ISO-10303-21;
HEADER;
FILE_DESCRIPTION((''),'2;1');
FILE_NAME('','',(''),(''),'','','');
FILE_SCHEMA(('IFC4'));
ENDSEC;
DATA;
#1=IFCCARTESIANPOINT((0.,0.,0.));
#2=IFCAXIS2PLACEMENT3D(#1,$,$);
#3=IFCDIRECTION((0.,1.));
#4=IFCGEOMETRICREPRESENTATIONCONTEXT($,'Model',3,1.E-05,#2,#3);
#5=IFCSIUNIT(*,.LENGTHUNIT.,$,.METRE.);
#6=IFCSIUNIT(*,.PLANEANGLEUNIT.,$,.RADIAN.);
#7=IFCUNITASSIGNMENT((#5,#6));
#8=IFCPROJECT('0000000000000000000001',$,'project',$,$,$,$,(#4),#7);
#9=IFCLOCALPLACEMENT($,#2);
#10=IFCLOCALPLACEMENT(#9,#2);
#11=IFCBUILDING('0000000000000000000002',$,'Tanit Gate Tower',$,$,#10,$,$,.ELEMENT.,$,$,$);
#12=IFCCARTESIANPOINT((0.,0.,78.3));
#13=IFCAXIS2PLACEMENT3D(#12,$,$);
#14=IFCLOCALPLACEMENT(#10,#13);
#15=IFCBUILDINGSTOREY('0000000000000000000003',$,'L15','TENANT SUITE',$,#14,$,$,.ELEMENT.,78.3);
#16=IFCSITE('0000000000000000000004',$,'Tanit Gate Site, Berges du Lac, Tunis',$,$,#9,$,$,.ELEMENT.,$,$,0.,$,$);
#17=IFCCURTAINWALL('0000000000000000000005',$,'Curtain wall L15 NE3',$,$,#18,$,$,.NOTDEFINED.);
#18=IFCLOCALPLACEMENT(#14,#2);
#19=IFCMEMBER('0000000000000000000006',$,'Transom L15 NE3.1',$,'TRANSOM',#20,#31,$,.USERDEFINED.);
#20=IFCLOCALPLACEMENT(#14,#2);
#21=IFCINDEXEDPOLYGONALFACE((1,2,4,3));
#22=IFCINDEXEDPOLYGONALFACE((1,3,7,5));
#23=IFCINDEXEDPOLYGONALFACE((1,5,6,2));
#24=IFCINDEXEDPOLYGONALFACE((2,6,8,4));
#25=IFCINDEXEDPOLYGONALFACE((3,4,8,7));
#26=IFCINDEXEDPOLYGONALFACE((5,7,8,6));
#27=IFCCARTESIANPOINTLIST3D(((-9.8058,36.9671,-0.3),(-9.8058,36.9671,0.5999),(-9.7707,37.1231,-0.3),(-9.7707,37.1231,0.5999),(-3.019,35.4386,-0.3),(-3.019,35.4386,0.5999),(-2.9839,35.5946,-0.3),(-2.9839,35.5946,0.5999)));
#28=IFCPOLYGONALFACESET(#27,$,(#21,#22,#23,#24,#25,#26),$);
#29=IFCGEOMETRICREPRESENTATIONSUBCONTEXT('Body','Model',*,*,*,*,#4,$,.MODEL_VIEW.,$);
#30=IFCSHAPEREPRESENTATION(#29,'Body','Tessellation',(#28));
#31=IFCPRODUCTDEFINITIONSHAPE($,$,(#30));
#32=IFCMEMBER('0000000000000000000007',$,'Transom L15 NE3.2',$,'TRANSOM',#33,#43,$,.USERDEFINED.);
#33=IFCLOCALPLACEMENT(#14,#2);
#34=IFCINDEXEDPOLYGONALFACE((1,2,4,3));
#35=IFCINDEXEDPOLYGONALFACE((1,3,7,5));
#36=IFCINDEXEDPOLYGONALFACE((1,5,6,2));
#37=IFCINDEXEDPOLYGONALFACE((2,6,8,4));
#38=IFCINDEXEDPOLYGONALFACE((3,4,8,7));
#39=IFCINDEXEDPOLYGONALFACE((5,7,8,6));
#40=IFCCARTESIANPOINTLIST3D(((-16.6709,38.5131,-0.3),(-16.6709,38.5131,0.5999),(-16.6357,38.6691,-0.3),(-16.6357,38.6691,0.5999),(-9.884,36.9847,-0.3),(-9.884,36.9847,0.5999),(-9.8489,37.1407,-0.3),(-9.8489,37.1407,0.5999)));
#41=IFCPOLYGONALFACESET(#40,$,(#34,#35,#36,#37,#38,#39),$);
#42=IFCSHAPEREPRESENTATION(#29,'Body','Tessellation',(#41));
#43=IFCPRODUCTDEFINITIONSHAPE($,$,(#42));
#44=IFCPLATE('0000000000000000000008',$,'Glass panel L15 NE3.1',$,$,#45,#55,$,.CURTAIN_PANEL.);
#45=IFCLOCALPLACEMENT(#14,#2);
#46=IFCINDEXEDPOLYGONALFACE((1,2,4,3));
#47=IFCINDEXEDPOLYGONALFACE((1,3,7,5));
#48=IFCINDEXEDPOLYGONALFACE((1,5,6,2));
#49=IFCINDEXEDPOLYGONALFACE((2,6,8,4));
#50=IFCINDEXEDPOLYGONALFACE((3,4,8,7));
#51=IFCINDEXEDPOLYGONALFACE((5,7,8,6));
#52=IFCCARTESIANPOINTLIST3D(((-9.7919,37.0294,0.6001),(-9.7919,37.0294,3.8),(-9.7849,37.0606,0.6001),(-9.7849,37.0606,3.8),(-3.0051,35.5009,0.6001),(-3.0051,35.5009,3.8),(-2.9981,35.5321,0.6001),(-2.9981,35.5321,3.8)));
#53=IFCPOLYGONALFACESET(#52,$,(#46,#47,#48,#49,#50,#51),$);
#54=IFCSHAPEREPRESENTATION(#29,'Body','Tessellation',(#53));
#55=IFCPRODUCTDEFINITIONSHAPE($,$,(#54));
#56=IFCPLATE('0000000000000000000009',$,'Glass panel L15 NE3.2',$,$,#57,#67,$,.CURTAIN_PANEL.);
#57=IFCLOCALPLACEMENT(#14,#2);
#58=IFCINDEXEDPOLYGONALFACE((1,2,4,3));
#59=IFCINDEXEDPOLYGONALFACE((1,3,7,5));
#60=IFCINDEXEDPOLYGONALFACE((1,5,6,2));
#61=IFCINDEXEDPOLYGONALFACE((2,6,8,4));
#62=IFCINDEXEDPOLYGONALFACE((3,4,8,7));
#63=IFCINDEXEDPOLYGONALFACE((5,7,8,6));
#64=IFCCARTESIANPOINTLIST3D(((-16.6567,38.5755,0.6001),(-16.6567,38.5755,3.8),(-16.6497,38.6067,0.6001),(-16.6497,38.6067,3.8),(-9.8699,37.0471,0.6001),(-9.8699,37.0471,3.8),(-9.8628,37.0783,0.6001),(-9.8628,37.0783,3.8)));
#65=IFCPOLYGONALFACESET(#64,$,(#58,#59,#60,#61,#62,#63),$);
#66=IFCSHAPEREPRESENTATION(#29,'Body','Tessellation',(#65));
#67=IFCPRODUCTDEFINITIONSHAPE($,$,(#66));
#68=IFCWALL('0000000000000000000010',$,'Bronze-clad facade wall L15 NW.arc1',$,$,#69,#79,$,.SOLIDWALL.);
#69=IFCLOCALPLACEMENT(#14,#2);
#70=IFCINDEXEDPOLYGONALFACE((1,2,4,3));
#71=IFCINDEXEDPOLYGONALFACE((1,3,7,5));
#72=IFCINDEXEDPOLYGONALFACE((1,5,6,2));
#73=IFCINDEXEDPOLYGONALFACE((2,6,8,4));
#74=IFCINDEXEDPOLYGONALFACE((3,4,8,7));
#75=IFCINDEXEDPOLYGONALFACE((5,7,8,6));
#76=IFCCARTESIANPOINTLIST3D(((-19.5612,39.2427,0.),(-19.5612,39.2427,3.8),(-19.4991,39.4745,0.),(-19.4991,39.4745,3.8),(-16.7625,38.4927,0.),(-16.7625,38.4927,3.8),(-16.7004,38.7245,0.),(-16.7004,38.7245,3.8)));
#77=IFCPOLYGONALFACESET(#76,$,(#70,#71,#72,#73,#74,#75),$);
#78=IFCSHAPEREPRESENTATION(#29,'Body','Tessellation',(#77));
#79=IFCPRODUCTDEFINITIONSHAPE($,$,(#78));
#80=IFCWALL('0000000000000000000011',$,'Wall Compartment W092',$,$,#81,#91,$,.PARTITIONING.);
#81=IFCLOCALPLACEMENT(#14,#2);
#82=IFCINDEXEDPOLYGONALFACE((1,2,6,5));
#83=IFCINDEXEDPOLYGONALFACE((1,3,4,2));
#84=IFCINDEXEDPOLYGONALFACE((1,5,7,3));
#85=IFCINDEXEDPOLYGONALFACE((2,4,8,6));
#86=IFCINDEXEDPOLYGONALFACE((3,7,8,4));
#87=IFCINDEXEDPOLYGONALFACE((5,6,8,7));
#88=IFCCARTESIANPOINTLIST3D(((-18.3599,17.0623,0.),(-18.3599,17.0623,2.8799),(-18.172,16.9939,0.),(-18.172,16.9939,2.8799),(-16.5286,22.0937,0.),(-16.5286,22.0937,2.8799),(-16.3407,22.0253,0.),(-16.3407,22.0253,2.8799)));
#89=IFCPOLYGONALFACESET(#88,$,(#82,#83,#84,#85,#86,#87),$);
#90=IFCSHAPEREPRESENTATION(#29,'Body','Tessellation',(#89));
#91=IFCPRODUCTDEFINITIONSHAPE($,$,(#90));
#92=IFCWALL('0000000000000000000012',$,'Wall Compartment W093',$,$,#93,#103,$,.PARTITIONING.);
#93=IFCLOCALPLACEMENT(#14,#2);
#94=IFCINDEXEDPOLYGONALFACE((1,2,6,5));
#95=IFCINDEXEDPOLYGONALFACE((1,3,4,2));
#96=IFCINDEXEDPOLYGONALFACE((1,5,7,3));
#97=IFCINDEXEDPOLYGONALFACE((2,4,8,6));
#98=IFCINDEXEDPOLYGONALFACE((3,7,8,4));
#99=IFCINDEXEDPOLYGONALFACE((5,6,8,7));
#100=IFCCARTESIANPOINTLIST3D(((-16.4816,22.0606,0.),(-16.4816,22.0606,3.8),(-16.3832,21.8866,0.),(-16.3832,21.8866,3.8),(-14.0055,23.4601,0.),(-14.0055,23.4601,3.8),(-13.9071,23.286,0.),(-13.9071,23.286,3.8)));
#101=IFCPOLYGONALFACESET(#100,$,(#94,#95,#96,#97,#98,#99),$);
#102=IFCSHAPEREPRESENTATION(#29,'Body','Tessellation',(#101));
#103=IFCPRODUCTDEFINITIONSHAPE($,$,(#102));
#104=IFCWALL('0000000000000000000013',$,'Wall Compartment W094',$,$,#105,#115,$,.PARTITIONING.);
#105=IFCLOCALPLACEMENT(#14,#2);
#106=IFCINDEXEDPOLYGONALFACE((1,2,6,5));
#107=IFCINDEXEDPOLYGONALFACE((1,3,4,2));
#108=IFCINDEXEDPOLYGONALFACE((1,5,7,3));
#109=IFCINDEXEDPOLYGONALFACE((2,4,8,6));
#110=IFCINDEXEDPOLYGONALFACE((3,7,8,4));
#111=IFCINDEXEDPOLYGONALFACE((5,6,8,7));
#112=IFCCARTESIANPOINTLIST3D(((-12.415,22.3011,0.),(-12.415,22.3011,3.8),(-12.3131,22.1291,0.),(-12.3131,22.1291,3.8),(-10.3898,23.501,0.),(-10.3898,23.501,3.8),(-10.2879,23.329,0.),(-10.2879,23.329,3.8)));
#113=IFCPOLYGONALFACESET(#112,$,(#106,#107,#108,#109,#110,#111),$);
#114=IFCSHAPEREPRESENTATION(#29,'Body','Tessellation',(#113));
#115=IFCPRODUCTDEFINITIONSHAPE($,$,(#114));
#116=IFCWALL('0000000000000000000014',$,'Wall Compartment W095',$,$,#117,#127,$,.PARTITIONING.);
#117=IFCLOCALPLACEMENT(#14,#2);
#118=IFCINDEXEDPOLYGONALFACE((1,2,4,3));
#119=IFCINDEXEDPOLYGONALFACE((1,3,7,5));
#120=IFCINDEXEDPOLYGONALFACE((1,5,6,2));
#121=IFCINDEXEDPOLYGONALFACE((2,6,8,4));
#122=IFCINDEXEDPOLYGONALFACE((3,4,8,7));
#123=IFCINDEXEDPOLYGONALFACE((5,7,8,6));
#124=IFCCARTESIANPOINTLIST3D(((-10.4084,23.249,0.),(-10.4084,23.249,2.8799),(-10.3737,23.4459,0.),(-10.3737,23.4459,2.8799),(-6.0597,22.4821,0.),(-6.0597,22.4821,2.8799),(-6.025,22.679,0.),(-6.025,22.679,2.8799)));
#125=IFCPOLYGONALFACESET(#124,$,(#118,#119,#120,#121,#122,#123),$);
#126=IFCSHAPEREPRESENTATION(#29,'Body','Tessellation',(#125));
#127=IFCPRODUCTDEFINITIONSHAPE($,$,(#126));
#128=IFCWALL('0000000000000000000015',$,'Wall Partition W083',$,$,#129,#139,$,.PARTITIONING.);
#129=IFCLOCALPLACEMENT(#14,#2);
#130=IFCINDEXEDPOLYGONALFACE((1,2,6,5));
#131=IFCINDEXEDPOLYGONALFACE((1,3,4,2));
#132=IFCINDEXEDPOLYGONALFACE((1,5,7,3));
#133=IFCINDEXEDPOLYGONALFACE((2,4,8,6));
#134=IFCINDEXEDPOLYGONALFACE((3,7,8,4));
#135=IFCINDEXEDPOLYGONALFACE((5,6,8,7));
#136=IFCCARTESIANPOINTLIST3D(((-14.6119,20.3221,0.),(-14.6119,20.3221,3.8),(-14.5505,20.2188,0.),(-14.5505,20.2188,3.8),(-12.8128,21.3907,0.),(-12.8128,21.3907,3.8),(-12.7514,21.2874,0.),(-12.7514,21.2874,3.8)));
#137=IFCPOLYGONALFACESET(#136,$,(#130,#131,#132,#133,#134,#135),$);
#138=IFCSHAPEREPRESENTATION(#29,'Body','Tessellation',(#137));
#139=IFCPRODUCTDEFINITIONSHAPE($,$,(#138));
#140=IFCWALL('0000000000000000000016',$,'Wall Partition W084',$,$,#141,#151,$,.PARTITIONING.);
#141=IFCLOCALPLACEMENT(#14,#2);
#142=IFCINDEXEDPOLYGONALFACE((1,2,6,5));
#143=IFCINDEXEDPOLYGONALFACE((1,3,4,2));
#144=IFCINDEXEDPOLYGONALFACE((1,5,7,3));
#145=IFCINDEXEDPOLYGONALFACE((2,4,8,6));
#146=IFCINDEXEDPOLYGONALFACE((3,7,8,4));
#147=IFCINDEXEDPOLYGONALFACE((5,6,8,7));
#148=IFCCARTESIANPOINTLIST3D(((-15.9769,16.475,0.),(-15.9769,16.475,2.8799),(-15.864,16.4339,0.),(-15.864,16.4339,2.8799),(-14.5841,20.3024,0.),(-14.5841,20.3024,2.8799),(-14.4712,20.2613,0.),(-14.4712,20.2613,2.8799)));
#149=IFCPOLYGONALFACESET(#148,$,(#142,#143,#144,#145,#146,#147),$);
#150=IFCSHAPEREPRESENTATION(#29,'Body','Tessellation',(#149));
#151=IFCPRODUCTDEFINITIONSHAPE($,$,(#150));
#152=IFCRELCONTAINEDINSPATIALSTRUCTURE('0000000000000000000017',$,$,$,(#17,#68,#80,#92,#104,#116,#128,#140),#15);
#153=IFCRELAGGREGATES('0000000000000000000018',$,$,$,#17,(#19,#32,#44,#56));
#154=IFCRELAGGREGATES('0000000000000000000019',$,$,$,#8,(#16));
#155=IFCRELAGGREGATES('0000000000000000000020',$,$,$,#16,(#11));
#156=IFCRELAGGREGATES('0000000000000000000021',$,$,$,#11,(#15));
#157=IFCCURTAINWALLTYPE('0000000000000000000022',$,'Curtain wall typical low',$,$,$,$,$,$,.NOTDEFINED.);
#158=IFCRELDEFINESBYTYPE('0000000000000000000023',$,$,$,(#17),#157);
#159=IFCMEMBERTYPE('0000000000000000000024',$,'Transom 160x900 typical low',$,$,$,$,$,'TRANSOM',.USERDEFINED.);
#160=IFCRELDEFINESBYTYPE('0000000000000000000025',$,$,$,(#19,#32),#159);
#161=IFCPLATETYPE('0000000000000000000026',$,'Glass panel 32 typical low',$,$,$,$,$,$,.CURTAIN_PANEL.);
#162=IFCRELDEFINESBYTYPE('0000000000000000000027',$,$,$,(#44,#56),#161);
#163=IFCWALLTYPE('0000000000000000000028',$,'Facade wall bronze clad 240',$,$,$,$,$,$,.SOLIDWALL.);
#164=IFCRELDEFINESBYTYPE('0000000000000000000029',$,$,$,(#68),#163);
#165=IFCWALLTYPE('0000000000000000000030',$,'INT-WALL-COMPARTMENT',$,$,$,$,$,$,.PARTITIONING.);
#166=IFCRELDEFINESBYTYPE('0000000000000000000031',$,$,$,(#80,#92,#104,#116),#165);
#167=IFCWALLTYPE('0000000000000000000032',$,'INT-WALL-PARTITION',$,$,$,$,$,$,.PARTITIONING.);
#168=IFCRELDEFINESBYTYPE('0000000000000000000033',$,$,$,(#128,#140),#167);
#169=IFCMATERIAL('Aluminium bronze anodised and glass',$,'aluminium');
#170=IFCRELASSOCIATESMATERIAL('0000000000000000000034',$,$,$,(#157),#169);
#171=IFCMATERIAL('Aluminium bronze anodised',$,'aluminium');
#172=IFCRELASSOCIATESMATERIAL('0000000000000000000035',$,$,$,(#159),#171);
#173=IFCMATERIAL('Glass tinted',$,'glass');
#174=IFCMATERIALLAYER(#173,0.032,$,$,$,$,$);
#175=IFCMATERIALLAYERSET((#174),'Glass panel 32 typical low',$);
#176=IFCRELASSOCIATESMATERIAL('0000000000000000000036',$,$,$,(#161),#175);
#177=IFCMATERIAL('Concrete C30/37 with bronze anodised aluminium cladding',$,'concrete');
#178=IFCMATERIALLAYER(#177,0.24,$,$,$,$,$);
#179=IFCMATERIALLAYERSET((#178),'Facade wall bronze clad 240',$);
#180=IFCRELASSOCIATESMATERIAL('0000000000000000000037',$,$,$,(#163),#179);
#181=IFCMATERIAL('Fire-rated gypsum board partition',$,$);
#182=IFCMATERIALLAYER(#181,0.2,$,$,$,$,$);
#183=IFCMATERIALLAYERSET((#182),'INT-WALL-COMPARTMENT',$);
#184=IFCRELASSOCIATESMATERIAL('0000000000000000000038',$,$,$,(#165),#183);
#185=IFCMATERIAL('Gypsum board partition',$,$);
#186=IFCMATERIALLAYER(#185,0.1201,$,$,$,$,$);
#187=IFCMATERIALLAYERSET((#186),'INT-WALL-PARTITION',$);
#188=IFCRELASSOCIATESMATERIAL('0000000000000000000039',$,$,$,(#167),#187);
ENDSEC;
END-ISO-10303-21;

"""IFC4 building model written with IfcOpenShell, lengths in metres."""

from ifc_helpers import new_model, si_unit, direction, frame, frame_2d, origin, origin_2d, place, context, subcontext, project, spatial, rectangle, extrude, material, layer, layer_set, material_profile, profile_set, type_object, element, aggregate, save


model = new_model("IFC4")

# Units and contexts
model_context = context("Model", 3, precision=1e-05, world=origin(), true_north=direction((0.0, 1.0)))
body_context = subcontext(model_context, "Body", "Model", "MODEL_VIEW")
ifc_project = project(units=[si_unit("LENGTHUNIT", "METRE"), si_unit("PLANEANGLEUNIT", "RADIAN")], contexts=[model_context])

# Site, building, storey
site_placement = place(None, origin())
site = spatial("IfcSite", under=ifc_project, at=site_placement, Name="Tanit Gate Site, Berges du Lac, Tunis", CompositionType="ELEMENT", RefElevation=0.0)
building_placement = place(site_placement, origin())
building = spatial("IfcBuilding", under=site, at=building_placement, Name="Tanit Gate Tower", CompositionType="ELEMENT")
storey_placement = place(building_placement, frame((0.0, 0.0, 78.3)))
storey = spatial("IfcBuildingStorey", under=building, at=storey_placement, Name="L15", Description="TENANT SUITE", CompositionType="ELEMENT", Elevation=78.3)

# Curtain wall
ifc_material_1 = material(Name="Aluminium bronze anodised and glass", Category="aluminium")
curtain_wall_type = type_object("IfcCurtainWallType", Name="Curtain wall typical low", PredefinedType="NOTDEFINED", material=ifc_material_1)
curtain_wall_1_placement = place(storey_placement, origin())
curtain_wall_1 = element("IfcCurtainWall", 1, at=curtain_wall_1_placement, inside=storey, type_object=curtain_wall_type, Name="Curtain wall L15 NE3", PredefinedType="NOTDEFINED")

# Members
ifc_material_2 = material(Name="Aluminium bronze anodised", Category="aluminium")
ifc_material_profile_1 = material_profile(ifc_material_2, rectangle(XDim=0.1599, YDim=0.8999, at=origin_2d()), Name="160x900 bronze transom")
ifc_profile_set_1 = profile_set([ifc_material_profile_1], Name="Aluminium bronze anodised")
member_type_1 = type_object("IfcMemberType", Name="Transom 160x900 typical low", ElementType="TRANSOM", PredefinedType="USERDEFINED", material=ifc_profile_set_1)
member_1_placement = place(storey_placement, frame((-3.0015, 35.5166, 0.1499), z_axis=(-0.975563, 0.21972, 0.0), x_axis=(-0.21972, -0.975563, 0.0)))
member_1 = element("IfcMember", 2, at=member_1_placement, type_object=member_type_1, Name="Transom L15 NE3.1", ObjectType="TRANSOM", PredefinedType="USERDEFINED", context=body_context, shape_type="SweptSolid", body=[
    extrude(rectangle(XDim=0.1599, YDim=0.8999, at=origin_2d()), origin(), (0.0, 0.0, 1.0), 6.9568),
])
member_2_placement = place(storey_placement, frame((-9.8665, 37.0627, 0.1499), z_axis=(-0.97557, 0.219687, 0.0), x_axis=(-0.219687, -0.97557, 0.0)))
member_2 = element("IfcMember", 3, at=member_2_placement, type_object=member_type_1, Name="Transom L15 NE3.2", ObjectType="TRANSOM", PredefinedType="USERDEFINED", context=body_context, shape_type="SweptSolid", body=[
    extrude(rectangle(XDim=0.1599, YDim=0.8999, at=origin_2d()), origin(), (0.0, 0.0, 1.0), 6.9568),
])

# Plates
ifc_material_3 = material(Name="Glass tinted", Category="glass")
ifc_layer_1 = layer(ifc_material_3, 0.032)
ifc_layer_set_1 = layer_set([ifc_layer_1], Name="Glass panel 32 typical low")
plate_type = type_object("IfcPlateType", Name="Glass panel 32 typical low", PredefinedType="CURTAIN_PANEL", material=ifc_layer_set_1)
plate_1_placement = place(storey_placement, frame((-6.395, 36.2808, 0.6001), z_axis=(0.0, 0.0, 1.0), x_axis=(-0.975566, 0.219705, 0.0)))
plate_1 = element("IfcPlate", 4, at=plate_1_placement, type_object=plate_type, Name="Glass panel L15 NE3.1", PredefinedType="CURTAIN_PANEL", context=body_context, shape_type="SweptSolid", body=[
    extrude(rectangle(XDim=6.9568, YDim=0.032, at=origin_2d()), origin(), (0.0, 0.0, 1.0), 3.2),
])
plate_2_placement = place(storey_placement, frame((-13.2598, 37.8269, 0.6001), z_axis=(0.0, 0.0, 1.0), x_axis=(-0.975566, 0.219705, 0.0)))
plate_2 = element("IfcPlate", 5, at=plate_2_placement, type_object=plate_type, Name="Glass panel L15 NE3.2", PredefinedType="CURTAIN_PANEL", context=body_context, shape_type="SweptSolid", body=[
    extrude(rectangle(XDim=6.9568, YDim=0.032, at=origin_2d()), origin(), (0.0, 0.0, 1.0), 3.2),
])
aggregate(curtain_wall_1, [member_1, member_2, plate_1, plate_2])

# Walls
ifc_material_4 = material(Name="Concrete C30/37 with bronze anodised aluminium cladding", Category="concrete")
ifc_layer_2 = layer(ifc_material_4, 0.24)
ifc_layer_set_2 = layer_set([ifc_layer_2], Name="Facade wall bronze clad 240")
wall_type_1 = type_object("IfcWallType", Name="Facade wall bronze clad 240", PredefinedType="SOLIDWALL", material=ifc_layer_set_2)
wall_1_placement = place(storey_placement, frame((-16.7314, 38.6086, 0.0), z_axis=(0.0, 0.0, 1.0), x_axis=(-0.965921, 0.258837, 0.0)))
element("IfcWall", 6, at=wall_1_placement, inside=storey, type_object=wall_type_1, Name="Bronze-clad facade wall L15 NW.arc1", PredefinedType="SOLIDWALL", context=body_context, shape_type="SweptSolid", body=[
    extrude(rectangle(XDim=2.8975, YDim=0.24, at=frame_2d((1.4487, 0.0))), origin(), (0.0, 0.0, 1.0), 3.8),
])
ifc_material_5 = material(Name="Fire-rated gypsum board partition")
ifc_layer_3 = layer(ifc_material_5, 0.2)
ifc_layer_set_3 = layer_set([ifc_layer_3], Name="INT-WALL-COMPARTMENT")
wall_type_2 = type_object("IfcWallType", Name="INT-WALL-COMPARTMENT", PredefinedType="PARTITIONING", material=ifc_layer_set_3)
wall_2_placement = place(storey_placement, frame((-16.4346, 22.0596, 0.0), z_axis=(0.0, 0.0, 1.0), x_axis=(-0.342032, -0.939688, 0.0)))
element("IfcWall", 7, at=wall_2_placement, inside=storey, type_object=wall_type_2, Name="Wall Compartment W092", PredefinedType="PARTITIONING", context=body_context, shape_type="SweptSolid", body=[
    extrude(rectangle(XDim=5.3542, YDim=0.2, at=frame_2d((2.6772, 0.0))), origin(), (0.0, 0.0, 1.0), 2.8799),
])
wall_3_placement = place(storey_placement, frame((-13.9563, 23.373, 0.0), z_axis=(0.0, 0.0, 1.0), x_axis=(-0.870579, -0.492029, 0.0)))
element("IfcWall", 8, at=wall_3_placement, inside=storey, type_object=wall_type_2, Name="Wall Compartment W093", PredefinedType="PARTITIONING", context=body_context, shape_type="SweptSolid", body=[
    extrude(rectangle(XDim=2.8442, YDim=0.2, at=frame_2d((1.4221, 0.0))), origin(), (0.0, 0.0, 1.0), 3.8),
])
wall_4_placement = place(storey_placement, frame((-10.3389, 23.415, 0.0), z_axis=(0.0, 0.0, 1.0), x_axis=(-0.860317, -0.50976, 0.0)))
element("IfcWall", 9, at=wall_4_placement, inside=storey, type_object=wall_type_2, Name="Wall Compartment W094", PredefinedType="PARTITIONING", context=body_context, shape_type="SweptSolid", body=[
    extrude(rectangle(XDim=2.354, YDim=0.2, at=frame_2d((1.177, 0.0))), origin(), (0.0, 0.0, 1.0), 3.8),
])
wall_5_placement = place(storey_placement, frame((-6.0422, 22.5806, 0.0), z_axis=(0.0, 0.0, 1.0), x_axis=(-0.984805, 0.173662, 0.0)))
element("IfcWall", 10, at=wall_5_placement, inside=storey, type_object=wall_type_2, Name="Wall Compartment W095", PredefinedType="PARTITIONING", context=body_context, shape_type="SweptSolid", body=[
    extrude(rectangle(XDim=4.4158, YDim=0.2, at=frame_2d((2.208, 0.0))), origin(), (0.0, 0.0, 1.0), 2.8799),
])
ifc_material_6 = material(Name="Gypsum board partition")
ifc_layer_4 = layer(ifc_material_6, 0.1201)
ifc_layer_set_4 = layer_set([ifc_layer_4], Name="INT-WALL-PARTITION")
wall_type_3 = type_object("IfcWallType", Name="INT-WALL-PARTITION", PredefinedType="PARTITIONING", material=ifc_layer_set_4)
wall_6_placement = place(storey_placement, frame((-12.782, 21.3391, 0.0), z_axis=(0.0, 0.0, 1.0), x_axis=(-0.85977, -0.510682, 0.0)))
element("IfcWall", 11, at=wall_6_placement, inside=storey, type_object=wall_type_3, Name="Wall Partition W083", PredefinedType="PARTITIONING", context=body_context, shape_type="SweptSolid", body=[
    extrude(rectangle(XDim=2.0925, YDim=0.1201, at=frame_2d((1.0464, 0.0))), origin(), (0.0, 0.0, 1.0), 3.8),
])
wall_7_placement = place(storey_placement, frame((-14.5276, 20.282, 0.0), z_axis=(0.0, 0.0, 1.0), x_axis=(-0.341969, -0.939711, 0.0)))
element("IfcWall", 12, at=wall_7_placement, inside=storey, type_object=wall_type_3, Name="Wall Partition W084", PredefinedType="PARTITIONING", context=body_context, shape_type="SweptSolid", body=[
    extrude(rectangle(XDim=4.073, YDim=0.1201, at=frame_2d((2.0366, 0.0))), origin(), (0.0, 0.0, 1.0), 2.8799),
])

save(model, "model.ifc")
